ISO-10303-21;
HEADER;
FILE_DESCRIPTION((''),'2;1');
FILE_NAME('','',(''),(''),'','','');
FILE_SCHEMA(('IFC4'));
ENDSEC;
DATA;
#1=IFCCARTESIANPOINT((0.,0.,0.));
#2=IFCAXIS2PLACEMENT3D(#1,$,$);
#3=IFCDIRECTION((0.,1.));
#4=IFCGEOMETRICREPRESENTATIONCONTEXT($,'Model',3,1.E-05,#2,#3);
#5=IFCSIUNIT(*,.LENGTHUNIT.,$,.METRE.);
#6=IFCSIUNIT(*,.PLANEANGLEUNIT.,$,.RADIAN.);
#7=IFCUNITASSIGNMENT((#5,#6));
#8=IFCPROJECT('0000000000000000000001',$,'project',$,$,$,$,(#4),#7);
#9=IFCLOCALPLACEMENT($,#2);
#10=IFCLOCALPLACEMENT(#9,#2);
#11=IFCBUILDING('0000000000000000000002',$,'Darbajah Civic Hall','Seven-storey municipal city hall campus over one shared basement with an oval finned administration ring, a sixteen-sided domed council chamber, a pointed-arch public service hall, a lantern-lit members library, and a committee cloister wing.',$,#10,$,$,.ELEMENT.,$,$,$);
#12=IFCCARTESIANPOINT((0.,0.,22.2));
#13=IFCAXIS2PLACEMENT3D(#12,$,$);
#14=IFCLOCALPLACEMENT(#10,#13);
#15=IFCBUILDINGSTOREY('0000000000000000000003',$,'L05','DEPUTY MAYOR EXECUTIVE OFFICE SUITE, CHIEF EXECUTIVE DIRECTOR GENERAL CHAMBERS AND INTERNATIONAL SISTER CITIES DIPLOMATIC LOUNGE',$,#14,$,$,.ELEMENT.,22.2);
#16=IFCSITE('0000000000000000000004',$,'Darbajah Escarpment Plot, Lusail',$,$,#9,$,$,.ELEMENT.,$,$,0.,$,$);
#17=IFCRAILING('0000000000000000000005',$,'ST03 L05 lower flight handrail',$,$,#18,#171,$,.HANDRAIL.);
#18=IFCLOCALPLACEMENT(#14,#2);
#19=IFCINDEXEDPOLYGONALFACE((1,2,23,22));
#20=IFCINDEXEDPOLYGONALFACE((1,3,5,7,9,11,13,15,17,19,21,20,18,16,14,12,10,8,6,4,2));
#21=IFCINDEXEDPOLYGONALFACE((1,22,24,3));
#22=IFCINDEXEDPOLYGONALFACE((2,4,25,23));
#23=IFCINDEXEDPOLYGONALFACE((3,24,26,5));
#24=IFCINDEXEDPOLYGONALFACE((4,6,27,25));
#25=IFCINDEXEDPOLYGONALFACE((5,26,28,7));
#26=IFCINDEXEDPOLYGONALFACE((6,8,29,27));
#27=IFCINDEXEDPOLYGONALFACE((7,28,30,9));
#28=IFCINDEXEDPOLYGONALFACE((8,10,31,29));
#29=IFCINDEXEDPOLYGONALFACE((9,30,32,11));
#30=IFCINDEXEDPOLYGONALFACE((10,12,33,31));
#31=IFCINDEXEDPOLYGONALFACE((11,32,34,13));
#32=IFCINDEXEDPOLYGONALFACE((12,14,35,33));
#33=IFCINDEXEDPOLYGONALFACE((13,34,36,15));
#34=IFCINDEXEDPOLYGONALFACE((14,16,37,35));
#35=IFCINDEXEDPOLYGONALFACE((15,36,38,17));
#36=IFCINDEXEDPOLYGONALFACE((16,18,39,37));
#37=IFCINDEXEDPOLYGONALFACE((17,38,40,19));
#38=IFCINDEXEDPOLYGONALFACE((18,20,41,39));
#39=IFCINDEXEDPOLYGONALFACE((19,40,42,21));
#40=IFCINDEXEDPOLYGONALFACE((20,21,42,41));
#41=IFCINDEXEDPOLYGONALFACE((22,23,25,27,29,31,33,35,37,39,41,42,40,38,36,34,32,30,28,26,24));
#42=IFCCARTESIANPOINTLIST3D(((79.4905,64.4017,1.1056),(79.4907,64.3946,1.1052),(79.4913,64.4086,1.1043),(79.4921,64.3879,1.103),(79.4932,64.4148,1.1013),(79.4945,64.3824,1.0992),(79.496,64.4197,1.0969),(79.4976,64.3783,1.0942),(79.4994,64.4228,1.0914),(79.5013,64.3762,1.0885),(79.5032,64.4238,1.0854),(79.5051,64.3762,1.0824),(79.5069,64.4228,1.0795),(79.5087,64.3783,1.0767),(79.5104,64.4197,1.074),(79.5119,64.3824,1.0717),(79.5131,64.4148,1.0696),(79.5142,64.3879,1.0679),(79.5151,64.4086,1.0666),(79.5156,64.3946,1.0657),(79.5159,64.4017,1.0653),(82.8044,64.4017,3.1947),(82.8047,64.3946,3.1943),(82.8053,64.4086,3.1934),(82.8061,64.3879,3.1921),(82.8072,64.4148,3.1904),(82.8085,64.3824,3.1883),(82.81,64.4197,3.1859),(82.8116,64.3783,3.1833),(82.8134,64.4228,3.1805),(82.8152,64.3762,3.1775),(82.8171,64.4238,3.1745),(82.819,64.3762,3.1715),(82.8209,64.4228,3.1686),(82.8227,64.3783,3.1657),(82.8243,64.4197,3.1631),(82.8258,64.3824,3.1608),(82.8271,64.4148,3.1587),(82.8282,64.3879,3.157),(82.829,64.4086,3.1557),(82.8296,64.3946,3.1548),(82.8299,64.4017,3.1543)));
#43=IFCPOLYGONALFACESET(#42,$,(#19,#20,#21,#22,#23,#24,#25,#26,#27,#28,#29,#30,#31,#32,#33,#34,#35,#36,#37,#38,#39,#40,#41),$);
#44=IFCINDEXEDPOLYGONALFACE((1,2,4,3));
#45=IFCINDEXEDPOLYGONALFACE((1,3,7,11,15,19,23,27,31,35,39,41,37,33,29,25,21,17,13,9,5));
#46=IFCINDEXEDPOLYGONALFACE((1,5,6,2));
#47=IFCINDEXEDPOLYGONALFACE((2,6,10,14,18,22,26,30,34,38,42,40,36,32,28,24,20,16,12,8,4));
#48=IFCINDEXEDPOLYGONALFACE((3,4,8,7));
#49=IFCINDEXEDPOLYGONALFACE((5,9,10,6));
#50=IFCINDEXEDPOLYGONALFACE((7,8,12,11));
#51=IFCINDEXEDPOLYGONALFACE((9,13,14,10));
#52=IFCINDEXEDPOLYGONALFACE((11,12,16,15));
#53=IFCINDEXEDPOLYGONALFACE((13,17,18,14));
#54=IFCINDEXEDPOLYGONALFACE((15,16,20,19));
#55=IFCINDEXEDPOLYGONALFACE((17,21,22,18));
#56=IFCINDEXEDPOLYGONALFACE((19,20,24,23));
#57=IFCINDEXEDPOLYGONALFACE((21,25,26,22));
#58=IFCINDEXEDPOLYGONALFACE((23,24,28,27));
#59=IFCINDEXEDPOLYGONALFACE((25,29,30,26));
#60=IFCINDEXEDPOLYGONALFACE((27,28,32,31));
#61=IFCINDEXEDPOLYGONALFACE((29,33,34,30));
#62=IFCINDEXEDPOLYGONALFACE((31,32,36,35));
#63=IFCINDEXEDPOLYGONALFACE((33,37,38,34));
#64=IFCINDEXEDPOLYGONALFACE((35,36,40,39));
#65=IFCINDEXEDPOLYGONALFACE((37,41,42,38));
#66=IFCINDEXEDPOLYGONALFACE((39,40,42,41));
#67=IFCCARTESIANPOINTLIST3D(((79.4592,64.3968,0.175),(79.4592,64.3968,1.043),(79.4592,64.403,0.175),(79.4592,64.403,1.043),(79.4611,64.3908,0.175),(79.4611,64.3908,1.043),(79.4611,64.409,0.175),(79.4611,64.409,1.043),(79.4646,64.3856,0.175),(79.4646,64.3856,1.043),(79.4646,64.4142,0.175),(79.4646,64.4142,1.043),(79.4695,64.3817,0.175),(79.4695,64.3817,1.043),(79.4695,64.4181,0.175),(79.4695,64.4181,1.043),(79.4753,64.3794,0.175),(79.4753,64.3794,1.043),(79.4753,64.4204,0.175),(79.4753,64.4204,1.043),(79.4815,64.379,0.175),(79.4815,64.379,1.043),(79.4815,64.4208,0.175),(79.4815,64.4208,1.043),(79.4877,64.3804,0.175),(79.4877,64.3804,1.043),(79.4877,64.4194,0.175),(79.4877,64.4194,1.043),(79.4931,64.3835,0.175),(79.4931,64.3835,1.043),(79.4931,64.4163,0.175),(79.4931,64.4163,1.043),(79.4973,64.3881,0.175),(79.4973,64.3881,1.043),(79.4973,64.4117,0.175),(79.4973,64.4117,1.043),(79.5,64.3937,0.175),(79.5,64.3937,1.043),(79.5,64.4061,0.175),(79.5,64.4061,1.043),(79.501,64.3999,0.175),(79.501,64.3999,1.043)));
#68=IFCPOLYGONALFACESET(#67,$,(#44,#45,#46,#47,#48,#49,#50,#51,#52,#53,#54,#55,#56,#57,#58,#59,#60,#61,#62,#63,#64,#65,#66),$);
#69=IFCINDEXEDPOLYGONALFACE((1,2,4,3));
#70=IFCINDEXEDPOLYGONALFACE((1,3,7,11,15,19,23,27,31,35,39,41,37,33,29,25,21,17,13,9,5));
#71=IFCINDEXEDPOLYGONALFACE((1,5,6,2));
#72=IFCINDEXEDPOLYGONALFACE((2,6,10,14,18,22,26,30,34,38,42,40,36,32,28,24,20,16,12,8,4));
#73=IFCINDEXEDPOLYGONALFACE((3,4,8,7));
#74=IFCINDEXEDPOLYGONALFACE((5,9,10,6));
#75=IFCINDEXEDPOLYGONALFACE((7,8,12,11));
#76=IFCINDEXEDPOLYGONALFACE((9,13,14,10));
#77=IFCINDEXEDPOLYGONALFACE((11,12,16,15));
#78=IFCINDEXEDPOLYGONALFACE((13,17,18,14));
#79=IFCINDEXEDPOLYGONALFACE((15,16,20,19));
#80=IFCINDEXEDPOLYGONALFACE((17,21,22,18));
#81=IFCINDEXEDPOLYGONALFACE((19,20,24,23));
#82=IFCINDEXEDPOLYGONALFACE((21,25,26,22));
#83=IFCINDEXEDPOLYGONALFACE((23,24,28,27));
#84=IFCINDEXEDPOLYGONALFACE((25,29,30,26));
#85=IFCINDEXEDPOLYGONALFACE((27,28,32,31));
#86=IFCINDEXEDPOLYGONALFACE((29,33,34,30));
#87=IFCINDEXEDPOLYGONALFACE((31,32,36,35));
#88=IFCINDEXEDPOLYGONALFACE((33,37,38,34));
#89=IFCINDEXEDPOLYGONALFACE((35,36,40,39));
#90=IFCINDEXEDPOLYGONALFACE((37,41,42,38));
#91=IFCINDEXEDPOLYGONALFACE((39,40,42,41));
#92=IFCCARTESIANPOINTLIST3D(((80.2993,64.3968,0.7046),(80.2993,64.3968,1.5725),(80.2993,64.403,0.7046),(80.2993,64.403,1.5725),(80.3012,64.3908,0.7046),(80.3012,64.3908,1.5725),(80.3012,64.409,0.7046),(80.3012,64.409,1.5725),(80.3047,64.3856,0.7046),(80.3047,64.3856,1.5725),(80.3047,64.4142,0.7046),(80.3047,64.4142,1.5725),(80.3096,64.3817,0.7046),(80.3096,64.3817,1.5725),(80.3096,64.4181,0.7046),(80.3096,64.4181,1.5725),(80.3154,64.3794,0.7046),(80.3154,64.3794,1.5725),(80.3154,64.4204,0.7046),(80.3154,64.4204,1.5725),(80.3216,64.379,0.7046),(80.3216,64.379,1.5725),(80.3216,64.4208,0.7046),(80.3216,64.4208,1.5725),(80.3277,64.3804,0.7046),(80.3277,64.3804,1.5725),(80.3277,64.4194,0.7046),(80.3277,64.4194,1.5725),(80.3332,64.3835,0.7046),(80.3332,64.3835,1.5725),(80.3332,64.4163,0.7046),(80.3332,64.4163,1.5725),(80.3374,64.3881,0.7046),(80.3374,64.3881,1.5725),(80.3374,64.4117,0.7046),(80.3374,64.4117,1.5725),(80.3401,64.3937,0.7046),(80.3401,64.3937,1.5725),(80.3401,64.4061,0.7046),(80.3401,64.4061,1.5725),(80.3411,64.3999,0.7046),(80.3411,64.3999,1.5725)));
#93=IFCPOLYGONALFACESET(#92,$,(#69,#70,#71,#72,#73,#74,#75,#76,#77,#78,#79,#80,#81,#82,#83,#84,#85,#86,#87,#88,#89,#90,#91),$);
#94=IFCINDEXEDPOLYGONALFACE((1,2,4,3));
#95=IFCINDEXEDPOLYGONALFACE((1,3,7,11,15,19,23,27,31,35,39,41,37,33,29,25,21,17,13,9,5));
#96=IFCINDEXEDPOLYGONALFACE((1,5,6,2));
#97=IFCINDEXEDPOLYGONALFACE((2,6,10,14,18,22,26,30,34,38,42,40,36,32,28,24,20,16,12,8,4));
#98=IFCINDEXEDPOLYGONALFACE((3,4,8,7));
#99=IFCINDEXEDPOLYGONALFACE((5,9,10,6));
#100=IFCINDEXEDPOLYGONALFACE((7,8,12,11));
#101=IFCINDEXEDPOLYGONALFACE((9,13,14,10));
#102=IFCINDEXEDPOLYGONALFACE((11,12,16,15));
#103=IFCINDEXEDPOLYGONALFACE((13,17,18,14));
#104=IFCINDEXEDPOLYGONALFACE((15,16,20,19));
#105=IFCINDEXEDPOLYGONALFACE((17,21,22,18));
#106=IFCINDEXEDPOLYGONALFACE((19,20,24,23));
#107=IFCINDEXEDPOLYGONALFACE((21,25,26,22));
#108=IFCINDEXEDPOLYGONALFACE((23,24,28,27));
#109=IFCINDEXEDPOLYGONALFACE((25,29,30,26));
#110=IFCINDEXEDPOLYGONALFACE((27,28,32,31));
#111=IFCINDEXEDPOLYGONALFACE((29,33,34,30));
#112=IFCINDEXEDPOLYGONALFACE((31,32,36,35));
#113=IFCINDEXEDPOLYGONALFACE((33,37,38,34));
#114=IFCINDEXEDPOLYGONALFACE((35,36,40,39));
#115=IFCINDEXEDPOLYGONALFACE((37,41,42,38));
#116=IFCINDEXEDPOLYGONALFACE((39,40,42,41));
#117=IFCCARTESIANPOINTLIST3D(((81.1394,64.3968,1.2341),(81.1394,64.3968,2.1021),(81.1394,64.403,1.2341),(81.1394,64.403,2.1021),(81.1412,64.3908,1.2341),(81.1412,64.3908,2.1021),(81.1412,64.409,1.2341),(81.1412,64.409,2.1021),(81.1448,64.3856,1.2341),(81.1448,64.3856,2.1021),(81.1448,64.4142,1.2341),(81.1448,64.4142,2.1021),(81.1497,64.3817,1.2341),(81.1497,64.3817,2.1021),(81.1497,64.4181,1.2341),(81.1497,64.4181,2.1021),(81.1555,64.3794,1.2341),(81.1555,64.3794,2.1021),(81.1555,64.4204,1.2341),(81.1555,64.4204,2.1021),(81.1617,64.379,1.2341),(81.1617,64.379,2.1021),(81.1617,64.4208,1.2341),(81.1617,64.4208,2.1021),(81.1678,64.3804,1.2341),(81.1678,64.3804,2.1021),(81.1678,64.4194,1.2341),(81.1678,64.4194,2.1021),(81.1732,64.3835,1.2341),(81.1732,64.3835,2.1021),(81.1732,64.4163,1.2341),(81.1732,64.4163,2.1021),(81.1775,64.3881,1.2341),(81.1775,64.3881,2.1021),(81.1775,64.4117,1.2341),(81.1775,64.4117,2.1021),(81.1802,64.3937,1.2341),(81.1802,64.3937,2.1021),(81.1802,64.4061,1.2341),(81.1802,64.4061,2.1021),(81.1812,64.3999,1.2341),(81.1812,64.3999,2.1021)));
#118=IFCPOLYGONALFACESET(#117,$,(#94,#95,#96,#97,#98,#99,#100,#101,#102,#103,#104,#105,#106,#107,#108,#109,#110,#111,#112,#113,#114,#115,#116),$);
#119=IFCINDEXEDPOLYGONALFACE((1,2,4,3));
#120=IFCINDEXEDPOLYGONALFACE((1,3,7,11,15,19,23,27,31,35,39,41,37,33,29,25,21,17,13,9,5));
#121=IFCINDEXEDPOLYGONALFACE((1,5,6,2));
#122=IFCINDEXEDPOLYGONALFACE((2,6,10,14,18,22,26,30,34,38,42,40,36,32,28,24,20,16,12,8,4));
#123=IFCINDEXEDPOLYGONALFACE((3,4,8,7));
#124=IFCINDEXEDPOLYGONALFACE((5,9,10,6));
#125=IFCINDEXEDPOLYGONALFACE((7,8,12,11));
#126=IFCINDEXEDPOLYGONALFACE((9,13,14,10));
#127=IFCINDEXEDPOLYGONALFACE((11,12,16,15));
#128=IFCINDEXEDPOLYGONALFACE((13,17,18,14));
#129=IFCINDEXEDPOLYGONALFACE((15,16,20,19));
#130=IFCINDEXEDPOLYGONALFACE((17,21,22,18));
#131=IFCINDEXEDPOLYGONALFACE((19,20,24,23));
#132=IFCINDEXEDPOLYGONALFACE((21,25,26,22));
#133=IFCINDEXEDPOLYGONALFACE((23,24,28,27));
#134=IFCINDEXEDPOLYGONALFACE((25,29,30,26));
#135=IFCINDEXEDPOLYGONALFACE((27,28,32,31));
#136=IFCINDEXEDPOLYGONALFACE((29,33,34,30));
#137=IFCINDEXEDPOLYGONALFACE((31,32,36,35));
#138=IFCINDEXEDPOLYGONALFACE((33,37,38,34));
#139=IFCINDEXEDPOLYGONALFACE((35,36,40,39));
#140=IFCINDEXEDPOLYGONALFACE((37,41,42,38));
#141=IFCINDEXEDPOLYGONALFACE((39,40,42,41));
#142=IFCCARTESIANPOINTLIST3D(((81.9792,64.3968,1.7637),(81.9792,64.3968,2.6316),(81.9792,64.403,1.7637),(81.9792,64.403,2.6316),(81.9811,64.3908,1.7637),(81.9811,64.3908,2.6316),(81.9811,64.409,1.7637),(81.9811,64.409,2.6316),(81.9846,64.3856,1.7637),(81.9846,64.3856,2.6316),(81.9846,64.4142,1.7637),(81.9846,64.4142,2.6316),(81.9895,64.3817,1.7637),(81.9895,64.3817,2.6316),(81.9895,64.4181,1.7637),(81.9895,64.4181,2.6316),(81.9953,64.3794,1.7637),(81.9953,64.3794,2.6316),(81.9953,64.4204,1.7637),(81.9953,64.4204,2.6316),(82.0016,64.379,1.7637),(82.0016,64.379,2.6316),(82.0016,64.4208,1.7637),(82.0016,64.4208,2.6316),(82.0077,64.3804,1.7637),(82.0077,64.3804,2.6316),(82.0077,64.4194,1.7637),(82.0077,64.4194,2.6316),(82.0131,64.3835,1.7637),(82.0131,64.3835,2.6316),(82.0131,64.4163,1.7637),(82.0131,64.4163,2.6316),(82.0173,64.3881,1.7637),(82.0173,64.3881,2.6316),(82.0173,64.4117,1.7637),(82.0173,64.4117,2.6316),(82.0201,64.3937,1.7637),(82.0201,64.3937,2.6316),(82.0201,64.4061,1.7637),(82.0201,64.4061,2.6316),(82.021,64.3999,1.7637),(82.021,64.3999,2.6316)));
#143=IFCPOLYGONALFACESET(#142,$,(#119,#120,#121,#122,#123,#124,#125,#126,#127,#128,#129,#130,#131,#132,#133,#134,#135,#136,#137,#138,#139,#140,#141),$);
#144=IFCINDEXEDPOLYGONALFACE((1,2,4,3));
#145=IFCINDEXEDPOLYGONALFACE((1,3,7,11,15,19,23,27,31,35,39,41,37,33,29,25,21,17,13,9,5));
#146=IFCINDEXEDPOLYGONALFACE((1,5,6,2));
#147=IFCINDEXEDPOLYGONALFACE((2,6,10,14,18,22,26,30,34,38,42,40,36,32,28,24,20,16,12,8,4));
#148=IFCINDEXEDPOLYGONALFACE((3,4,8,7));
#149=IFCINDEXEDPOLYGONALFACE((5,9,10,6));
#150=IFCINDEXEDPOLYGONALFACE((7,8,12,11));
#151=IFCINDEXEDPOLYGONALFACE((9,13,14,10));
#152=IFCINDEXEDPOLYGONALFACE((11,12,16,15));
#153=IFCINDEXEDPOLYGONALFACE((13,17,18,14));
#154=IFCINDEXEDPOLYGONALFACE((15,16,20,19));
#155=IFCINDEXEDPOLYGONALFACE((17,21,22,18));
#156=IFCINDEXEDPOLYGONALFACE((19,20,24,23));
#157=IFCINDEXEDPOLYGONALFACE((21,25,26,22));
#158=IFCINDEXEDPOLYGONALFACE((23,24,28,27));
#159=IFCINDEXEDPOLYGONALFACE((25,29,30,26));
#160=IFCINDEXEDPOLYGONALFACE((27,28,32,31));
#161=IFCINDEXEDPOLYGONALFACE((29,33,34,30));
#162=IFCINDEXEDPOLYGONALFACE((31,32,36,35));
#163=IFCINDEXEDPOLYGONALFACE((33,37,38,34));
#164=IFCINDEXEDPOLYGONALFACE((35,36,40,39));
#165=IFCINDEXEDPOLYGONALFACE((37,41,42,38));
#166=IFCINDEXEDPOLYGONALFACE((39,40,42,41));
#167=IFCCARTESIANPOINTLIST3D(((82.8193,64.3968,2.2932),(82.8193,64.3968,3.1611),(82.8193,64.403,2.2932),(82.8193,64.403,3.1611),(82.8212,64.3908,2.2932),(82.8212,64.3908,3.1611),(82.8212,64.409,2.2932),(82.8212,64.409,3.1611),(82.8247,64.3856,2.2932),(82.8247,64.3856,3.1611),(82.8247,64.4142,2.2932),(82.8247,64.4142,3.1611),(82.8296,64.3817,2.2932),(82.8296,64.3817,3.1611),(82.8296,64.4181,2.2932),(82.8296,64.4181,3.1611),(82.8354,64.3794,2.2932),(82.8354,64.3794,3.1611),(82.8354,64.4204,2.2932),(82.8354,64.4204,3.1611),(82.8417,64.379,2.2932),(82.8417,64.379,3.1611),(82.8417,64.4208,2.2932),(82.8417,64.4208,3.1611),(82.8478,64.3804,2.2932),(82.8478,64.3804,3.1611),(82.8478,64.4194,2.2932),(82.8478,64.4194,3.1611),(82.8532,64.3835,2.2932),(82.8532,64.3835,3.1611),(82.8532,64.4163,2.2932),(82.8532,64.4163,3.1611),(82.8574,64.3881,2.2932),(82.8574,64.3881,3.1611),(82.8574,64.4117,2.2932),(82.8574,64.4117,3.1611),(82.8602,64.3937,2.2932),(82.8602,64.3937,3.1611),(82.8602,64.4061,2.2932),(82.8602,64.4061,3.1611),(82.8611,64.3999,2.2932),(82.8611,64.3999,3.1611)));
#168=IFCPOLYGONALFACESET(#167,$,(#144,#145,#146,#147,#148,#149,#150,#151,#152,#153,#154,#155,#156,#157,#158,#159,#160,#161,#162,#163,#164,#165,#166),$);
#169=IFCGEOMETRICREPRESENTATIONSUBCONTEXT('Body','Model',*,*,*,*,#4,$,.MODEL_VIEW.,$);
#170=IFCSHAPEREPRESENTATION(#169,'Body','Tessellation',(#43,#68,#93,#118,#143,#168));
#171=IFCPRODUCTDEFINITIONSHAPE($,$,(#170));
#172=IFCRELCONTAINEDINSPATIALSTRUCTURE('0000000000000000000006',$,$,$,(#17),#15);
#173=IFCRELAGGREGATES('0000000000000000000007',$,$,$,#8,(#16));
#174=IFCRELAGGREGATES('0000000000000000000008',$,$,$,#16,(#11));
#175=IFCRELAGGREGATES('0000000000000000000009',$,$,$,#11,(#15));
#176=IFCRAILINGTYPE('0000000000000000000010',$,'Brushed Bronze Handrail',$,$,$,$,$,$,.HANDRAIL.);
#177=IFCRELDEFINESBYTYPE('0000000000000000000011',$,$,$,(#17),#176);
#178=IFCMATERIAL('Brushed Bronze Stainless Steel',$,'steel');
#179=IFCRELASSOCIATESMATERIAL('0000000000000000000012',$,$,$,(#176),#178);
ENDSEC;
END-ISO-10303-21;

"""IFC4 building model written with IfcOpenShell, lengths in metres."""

from ifc_helpers import new_model, si_unit, direction, frame, origin, origin_2d, place, context, subcontext, project, spatial, circle, extrude, material, type_object, element, save


model = new_model("IFC4")

# Units and contexts
model_context = context("Model", 3, precision=1e-05, world=origin(), true_north=direction((0.0, 1.0)))
body_context = subcontext(model_context, "Body", "Model", "MODEL_VIEW")
ifc_project = project(units=[si_unit("LENGTHUNIT", "METRE"), si_unit("PLANEANGLEUNIT", "RADIAN")], contexts=[model_context])

# Site, building, storey
site_placement = place(None, origin())
site = spatial("IfcSite", under=ifc_project, at=site_placement, Name="Darbajah Escarpment Plot, Lusail", CompositionType="ELEMENT", RefElevation=0.0)
building_placement = place(site_placement, origin())
building = spatial("IfcBuilding", under=site, at=building_placement, Name="Darbajah Civic Hall", Description="Seven-storey municipal city hall campus over one shared basement with an oval finned administration ring, a sixteen-sided domed council chamber, a pointed-arch public service hall, a lantern-lit members library, and a committee cloister wing.", CompositionType="ELEMENT")
storey_placement = place(building_placement, frame((0.0, 0.0, 22.2)))
storey = spatial("IfcBuildingStorey", under=building, at=storey_placement, Name="L05", Description="DEPUTY MAYOR EXECUTIVE OFFICE SUITE, CHIEF EXECUTIVE DIRECTOR GENERAL CHAMBERS AND INTERNATIONAL SISTER CITIES DIPLOMATIC LOUNGE", CompositionType="ELEMENT", Elevation=22.2)

# Railing
ifc_material_1 = material(Name="Brushed Bronze Stainless Steel", Category="steel")
railing_type_1 = type_object("IfcRailingType", Name="Brushed Bronze Handrail", PredefinedType="HANDRAIL", material=ifc_material_1)
railing_1_placement = place(storey_placement, frame((79.48, 64.3999, 0.175)))
element("IfcRailing", 1, at=railing_1_placement, inside=storey, type_object=railing_type_1, Name="ST03 L05 lower flight handrail", PredefinedType="HANDRAIL", context=body_context, shape_type="SweptSolid", body=[
    extrude(circle(Radius=0.0239, at=origin_2d()), frame((0.0232, 0.0, 0.9104), z_axis=(0.845944, 0.0, 0.533271), x_axis=(0.0, 1.0, 0.0)), (0.0, 0.0, 1.0), 3.9175),
    extrude(circle(Radius=0.021, at=origin_2d()), origin(), (0.0, 0.0, 1.0), 0.8679),
    extrude(circle(Radius=0.021, at=origin_2d()), frame((0.8401, 0.0, 0.5295)), (0.0, 0.0, 1.0), 0.8679),
    extrude(circle(Radius=0.021, at=origin_2d()), frame((1.6802, 0.0, 1.0591)), (0.0, 0.0, 1.0), 0.8679),
    extrude(circle(Radius=0.021, at=origin_2d()), frame((2.52, 0.0, 1.5886)), (0.0, 0.0, 1.0), 0.8679),
    extrude(circle(Radius=0.021, at=origin_2d()), frame((3.3601, 0.0, 2.1182)), (0.0, 0.0, 1.0), 0.8679),
])

save(model, "model.ifc")
